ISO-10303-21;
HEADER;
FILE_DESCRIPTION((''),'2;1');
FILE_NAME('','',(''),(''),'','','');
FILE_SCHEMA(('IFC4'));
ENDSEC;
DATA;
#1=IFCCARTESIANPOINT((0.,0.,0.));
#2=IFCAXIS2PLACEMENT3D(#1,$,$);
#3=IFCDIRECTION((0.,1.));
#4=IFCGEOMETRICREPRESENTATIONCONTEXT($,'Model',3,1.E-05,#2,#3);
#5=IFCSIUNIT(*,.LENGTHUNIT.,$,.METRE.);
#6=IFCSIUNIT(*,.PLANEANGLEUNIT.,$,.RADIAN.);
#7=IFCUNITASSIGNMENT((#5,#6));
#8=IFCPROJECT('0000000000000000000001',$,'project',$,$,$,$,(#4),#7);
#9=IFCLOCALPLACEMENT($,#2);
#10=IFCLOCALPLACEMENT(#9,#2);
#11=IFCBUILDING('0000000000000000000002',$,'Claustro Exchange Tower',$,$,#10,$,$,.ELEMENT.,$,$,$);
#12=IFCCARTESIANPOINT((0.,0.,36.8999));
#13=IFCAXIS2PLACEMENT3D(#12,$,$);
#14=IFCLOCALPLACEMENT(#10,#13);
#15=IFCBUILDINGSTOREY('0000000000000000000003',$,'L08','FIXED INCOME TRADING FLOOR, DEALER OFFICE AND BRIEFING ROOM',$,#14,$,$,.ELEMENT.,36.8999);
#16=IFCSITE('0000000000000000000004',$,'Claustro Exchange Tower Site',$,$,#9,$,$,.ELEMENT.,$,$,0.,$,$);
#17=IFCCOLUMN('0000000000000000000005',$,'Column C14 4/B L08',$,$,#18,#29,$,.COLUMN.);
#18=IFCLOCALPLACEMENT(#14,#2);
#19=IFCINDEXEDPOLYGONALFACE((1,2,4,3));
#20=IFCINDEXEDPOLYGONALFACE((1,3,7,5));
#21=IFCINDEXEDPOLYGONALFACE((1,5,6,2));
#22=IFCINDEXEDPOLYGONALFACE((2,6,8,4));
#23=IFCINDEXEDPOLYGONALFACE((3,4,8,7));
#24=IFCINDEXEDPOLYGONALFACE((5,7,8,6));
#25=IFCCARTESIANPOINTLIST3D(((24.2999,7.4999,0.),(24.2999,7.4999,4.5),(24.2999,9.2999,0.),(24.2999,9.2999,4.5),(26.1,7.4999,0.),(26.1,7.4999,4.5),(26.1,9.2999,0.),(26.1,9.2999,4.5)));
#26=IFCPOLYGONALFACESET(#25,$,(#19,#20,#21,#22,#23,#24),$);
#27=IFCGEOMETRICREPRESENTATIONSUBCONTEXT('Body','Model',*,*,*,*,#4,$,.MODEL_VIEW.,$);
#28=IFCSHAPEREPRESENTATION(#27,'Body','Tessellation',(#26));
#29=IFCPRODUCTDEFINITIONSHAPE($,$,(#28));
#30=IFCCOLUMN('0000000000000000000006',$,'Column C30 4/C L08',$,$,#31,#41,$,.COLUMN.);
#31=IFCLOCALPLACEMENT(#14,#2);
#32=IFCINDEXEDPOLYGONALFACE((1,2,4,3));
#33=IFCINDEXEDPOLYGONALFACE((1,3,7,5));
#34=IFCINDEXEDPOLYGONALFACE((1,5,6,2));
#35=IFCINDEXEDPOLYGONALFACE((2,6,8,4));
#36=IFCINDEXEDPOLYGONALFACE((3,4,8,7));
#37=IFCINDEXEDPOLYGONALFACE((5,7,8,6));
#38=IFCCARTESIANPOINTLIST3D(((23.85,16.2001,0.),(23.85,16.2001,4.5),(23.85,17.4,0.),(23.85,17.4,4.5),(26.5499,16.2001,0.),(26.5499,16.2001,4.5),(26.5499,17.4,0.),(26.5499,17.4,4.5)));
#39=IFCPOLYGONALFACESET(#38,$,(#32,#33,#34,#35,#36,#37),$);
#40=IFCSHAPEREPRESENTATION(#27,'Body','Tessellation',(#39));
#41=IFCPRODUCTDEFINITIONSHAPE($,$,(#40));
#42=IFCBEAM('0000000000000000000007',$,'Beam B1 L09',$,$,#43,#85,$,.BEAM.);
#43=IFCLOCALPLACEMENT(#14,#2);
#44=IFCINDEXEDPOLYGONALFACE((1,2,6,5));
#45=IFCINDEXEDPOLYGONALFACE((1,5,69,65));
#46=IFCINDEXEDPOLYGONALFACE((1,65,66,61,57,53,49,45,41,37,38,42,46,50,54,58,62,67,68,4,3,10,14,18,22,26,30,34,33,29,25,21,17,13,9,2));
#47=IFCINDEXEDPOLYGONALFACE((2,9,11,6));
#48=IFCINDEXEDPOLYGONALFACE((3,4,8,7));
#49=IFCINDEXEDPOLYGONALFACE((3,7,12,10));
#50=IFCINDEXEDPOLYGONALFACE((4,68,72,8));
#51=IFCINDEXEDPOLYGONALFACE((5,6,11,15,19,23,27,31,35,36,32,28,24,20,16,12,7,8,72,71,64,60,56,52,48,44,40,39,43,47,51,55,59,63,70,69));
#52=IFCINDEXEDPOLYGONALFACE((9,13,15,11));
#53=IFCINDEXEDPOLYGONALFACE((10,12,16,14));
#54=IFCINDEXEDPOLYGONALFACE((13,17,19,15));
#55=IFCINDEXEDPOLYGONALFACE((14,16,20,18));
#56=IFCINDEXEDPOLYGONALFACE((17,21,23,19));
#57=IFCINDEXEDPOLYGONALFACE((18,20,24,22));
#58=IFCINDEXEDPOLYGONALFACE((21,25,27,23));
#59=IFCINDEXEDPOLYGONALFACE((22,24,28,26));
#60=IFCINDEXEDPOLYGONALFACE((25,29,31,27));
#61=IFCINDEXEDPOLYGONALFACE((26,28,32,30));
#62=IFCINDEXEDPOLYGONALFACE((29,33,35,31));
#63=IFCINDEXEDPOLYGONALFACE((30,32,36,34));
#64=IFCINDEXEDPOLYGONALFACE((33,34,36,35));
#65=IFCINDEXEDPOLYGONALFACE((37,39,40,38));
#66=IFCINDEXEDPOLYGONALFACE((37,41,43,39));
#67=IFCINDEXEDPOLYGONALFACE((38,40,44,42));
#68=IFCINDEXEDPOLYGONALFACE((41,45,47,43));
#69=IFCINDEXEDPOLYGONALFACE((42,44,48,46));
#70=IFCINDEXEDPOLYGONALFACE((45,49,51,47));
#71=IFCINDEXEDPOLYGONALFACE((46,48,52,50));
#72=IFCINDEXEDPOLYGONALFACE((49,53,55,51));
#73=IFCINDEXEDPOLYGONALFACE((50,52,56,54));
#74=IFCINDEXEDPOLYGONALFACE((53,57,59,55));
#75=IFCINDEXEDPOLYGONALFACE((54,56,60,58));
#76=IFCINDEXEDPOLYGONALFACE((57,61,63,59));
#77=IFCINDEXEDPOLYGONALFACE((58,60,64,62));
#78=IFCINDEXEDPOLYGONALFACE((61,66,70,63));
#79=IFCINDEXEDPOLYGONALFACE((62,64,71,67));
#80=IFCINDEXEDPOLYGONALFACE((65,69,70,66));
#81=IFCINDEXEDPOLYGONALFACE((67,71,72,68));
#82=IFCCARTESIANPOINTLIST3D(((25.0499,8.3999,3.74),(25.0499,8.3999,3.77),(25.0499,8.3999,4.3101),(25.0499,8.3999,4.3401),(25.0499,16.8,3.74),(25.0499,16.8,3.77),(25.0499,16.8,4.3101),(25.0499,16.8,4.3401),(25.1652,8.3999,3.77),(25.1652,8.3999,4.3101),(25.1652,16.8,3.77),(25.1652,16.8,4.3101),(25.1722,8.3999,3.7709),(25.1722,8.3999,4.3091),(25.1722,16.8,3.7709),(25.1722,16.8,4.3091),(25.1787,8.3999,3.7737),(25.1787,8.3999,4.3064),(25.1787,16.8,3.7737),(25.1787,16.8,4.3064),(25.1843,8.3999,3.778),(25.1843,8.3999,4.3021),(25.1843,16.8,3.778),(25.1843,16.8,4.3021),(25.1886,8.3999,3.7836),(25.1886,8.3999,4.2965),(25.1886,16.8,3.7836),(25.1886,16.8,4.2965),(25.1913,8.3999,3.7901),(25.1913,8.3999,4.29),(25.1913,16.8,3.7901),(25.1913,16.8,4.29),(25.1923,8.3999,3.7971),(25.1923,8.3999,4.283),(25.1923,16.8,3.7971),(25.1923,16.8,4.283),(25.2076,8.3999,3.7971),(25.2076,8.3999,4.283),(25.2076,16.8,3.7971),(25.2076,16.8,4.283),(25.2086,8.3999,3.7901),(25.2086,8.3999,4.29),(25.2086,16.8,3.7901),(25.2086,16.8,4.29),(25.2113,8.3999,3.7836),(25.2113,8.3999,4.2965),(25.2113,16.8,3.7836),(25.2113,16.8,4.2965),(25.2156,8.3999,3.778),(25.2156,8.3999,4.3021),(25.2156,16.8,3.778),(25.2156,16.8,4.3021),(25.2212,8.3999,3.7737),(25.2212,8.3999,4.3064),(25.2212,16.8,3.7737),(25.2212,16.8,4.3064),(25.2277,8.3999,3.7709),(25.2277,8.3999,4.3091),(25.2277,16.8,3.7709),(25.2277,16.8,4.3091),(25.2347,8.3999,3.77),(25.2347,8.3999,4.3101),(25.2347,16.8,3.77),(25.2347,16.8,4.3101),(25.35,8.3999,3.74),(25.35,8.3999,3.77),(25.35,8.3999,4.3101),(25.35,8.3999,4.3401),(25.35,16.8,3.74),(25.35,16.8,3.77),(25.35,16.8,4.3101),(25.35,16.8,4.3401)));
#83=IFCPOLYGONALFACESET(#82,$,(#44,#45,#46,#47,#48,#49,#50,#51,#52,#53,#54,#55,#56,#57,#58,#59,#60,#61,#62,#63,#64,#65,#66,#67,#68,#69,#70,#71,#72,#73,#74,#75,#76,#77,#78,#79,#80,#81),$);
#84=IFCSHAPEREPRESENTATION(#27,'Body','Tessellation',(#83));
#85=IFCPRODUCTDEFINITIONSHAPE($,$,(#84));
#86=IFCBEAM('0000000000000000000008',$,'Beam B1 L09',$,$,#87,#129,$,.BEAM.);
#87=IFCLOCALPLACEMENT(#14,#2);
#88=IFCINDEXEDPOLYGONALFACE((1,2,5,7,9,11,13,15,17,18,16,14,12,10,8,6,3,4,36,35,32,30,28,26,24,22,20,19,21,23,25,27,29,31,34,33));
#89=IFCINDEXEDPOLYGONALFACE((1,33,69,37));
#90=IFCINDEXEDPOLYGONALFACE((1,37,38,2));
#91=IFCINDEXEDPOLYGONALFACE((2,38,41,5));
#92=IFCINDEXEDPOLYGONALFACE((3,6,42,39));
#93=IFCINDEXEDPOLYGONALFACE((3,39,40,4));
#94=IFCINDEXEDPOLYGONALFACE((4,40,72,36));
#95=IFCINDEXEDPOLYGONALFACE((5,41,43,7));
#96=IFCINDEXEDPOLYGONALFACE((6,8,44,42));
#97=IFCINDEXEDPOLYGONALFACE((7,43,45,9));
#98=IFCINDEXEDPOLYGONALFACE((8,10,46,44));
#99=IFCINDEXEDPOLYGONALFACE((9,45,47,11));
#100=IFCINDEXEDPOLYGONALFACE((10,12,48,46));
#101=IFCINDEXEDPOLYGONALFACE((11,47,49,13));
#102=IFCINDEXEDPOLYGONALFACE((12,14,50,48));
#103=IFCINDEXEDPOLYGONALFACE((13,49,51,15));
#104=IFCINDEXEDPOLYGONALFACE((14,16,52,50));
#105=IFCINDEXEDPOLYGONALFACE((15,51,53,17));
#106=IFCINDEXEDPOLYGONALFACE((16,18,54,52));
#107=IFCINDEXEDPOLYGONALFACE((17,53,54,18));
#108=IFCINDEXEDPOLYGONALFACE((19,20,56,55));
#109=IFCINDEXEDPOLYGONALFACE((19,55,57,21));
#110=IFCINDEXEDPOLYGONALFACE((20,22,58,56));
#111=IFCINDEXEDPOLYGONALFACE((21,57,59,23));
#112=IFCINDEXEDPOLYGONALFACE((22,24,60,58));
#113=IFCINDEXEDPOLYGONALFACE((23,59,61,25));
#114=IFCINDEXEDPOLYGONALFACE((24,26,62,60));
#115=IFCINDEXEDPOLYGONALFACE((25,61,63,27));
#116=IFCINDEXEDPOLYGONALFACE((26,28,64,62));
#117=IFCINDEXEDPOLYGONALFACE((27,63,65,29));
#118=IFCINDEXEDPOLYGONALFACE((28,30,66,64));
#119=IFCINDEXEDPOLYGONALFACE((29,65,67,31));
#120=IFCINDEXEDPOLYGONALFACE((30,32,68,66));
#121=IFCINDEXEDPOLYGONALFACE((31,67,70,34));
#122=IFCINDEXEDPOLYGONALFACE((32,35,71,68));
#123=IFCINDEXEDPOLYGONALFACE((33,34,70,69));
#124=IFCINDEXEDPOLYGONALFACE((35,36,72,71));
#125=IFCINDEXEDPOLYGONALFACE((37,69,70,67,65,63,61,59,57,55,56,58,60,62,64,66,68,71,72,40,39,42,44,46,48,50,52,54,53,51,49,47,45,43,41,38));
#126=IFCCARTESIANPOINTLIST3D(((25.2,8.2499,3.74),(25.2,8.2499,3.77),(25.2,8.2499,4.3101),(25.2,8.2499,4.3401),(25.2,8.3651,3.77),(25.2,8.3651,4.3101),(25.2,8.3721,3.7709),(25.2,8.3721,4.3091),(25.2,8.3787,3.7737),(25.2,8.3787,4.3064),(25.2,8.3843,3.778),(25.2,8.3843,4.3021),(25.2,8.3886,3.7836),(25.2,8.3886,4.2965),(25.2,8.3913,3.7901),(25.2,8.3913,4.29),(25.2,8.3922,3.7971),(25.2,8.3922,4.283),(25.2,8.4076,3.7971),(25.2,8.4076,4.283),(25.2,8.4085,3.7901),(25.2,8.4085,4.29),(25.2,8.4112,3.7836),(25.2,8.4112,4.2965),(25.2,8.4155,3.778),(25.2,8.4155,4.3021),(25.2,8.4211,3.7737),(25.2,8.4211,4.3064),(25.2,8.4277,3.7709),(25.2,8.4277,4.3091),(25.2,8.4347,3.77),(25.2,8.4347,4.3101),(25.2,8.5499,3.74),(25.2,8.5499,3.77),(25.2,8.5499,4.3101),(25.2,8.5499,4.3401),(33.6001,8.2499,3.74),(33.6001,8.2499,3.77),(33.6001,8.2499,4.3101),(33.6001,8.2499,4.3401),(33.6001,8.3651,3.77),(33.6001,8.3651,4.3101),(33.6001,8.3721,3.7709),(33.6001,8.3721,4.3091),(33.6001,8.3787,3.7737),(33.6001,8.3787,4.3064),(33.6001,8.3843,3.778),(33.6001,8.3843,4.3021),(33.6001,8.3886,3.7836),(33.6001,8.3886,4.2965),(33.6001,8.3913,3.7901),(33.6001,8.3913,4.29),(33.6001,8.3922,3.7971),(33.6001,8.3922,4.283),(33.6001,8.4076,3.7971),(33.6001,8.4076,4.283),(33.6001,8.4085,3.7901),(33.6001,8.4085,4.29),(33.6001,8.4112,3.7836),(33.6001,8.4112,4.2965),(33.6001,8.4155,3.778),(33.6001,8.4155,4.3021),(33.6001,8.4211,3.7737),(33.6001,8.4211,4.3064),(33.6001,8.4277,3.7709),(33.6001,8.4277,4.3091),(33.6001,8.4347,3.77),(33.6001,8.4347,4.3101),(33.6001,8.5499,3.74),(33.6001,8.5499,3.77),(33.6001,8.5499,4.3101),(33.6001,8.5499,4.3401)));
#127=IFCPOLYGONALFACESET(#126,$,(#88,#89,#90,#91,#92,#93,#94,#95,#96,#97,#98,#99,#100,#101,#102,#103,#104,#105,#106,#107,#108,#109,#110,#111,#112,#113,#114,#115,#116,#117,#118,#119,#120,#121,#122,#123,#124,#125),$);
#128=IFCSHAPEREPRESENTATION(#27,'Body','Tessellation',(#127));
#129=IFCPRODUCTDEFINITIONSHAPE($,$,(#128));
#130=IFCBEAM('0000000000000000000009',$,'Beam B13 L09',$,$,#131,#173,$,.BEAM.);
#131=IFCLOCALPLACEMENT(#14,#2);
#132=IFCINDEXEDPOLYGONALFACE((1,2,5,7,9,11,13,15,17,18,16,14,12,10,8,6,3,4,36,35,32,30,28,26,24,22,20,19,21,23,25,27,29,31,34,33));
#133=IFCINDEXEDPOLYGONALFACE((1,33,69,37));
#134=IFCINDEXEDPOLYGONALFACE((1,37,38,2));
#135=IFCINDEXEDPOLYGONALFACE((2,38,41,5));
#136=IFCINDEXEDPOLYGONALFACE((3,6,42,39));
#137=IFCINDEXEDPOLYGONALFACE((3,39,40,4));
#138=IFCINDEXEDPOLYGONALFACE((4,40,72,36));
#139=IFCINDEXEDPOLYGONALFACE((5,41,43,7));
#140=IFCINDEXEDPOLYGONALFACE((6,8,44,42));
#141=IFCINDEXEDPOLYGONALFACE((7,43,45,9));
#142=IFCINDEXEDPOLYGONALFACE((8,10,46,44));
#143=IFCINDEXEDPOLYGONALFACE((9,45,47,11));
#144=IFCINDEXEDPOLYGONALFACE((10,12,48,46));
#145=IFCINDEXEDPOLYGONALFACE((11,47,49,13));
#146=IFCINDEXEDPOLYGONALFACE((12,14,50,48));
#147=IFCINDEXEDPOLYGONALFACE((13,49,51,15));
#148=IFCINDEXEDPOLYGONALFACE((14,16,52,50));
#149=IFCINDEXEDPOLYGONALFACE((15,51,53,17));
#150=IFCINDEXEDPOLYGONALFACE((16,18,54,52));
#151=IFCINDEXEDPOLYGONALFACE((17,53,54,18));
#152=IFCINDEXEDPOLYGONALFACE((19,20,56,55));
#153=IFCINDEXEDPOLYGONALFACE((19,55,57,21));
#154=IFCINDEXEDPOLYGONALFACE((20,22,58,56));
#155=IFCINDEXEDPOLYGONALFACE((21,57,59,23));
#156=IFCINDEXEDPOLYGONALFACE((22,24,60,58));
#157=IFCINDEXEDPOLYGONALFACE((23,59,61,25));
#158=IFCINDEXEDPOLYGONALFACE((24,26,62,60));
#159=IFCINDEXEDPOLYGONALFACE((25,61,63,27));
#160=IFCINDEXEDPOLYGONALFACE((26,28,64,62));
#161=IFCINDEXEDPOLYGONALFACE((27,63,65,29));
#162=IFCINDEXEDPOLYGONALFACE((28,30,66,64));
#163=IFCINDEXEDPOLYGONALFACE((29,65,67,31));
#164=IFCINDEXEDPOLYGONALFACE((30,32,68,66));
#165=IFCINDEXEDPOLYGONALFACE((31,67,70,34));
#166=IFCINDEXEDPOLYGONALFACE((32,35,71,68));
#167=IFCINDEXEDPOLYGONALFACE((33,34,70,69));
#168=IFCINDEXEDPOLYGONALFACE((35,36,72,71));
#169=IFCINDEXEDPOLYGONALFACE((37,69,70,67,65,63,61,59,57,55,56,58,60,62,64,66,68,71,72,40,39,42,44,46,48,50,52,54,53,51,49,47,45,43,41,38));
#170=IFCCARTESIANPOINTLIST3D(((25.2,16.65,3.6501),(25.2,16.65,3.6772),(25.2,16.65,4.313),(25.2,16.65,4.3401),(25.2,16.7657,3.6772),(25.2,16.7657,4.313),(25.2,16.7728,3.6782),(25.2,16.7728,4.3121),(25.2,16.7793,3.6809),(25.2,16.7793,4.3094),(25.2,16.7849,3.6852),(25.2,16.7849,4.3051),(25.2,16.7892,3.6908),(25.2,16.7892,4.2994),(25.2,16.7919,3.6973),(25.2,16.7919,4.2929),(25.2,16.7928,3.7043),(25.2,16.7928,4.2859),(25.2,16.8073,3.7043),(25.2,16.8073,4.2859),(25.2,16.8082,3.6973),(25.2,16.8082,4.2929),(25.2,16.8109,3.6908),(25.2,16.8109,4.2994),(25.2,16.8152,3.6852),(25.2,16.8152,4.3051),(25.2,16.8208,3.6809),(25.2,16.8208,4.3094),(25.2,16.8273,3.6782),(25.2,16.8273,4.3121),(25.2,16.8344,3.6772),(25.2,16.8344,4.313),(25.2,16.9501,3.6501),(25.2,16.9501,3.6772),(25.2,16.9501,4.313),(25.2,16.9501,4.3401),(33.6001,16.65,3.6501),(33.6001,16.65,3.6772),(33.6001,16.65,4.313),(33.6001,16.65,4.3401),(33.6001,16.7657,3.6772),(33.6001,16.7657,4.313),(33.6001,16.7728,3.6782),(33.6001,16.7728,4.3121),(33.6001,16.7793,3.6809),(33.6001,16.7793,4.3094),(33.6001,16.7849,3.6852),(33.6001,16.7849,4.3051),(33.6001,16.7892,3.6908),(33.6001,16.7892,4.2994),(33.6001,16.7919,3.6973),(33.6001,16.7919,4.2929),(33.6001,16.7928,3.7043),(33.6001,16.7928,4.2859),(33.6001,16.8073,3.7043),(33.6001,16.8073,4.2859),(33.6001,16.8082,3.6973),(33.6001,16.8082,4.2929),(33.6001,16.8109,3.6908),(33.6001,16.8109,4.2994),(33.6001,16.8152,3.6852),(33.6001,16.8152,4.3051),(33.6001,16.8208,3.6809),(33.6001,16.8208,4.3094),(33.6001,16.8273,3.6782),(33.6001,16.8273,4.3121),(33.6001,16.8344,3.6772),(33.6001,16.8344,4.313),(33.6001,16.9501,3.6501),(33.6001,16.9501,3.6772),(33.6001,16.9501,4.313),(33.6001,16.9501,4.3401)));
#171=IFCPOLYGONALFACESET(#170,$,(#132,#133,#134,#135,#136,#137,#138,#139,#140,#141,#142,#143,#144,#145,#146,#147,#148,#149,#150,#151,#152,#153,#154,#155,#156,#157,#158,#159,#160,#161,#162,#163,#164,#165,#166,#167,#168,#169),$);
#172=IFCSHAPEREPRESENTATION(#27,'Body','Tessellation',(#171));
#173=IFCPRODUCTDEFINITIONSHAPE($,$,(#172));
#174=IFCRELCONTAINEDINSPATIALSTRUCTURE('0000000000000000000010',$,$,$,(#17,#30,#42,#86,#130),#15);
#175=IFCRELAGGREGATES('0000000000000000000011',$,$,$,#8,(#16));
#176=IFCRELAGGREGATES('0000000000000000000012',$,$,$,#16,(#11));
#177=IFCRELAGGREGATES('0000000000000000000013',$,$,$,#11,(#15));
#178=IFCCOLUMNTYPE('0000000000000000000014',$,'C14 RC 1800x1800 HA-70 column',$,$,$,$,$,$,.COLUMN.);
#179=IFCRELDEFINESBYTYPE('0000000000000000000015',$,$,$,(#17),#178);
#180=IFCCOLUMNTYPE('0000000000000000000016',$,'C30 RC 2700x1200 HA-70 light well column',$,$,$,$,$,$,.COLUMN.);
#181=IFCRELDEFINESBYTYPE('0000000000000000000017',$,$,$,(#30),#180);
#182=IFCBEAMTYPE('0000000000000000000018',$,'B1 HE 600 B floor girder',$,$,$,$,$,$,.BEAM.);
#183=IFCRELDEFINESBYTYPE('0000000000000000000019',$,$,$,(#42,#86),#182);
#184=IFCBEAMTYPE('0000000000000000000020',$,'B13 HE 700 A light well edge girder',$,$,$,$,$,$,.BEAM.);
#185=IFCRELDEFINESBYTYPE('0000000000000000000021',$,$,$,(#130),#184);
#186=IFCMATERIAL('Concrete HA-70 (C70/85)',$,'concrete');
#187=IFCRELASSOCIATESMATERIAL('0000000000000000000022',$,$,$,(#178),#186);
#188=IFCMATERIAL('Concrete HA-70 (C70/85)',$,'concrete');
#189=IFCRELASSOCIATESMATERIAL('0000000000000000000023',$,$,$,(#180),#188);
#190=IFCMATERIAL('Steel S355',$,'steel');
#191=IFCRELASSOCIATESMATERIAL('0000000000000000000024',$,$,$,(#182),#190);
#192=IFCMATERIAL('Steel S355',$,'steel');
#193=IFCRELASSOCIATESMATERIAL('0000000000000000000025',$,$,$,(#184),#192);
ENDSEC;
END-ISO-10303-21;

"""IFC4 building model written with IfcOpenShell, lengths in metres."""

from ifc_helpers import new_model, si_unit, direction, frame, origin, origin_2d, place, context, subcontext, project, spatial, rectangle, i_section, extrude, material, material_profile, profile_set, type_object, element, save


model = new_model("IFC4")

# Units and contexts
model_context = context("Model", 3, precision=1e-05, world=origin(), true_north=direction((0.0, 1.0)))
body_context = subcontext(model_context, "Body", "Model", "MODEL_VIEW")
ifc_project = project(units=[si_unit("LENGTHUNIT", "METRE"), si_unit("PLANEANGLEUNIT", "RADIAN")], contexts=[model_context])

# Site, building, storey
site_placement = place(None, origin())
site = spatial("IfcSite", under=ifc_project, at=site_placement, Name="Claustro Exchange Tower Site", CompositionType="ELEMENT", RefElevation=0.0)
building_placement = place(site_placement, origin())
building = spatial("IfcBuilding", under=site, at=building_placement, Name="Claustro Exchange Tower", CompositionType="ELEMENT")
storey_placement = place(building_placement, frame((0.0, 0.0, 36.8999)))
storey = spatial("IfcBuildingStorey", under=building, at=storey_placement, Name="L08", Description="FIXED INCOME TRADING FLOOR, DEALER OFFICE AND BRIEFING ROOM", CompositionType="ELEMENT", Elevation=36.8999)

# Columns
ifc_material_1 = material(Name="Concrete HA-70 (C70/85)", Category="concrete")
ifc_material_profile_1 = material_profile(ifc_material_1, rectangle(XDim=1.8, YDim=1.8, at=origin_2d()), Name="RC 1800x1800")
ifc_profile_set_1 = profile_set([ifc_material_profile_1], Name="Concrete HA-70 (C70/85)")
column_type_1 = type_object("IfcColumnType", Name="C14 RC 1800x1800 HA-70 column", PredefinedType="COLUMN", material=ifc_profile_set_1)
column_1_placement = place(storey_placement, frame((25.2, 8.3999, 0.0), z_axis=(0.0, 0.0, 1.0), x_axis=(1.0, 0.0, 0.0)))
element("IfcColumn", 1, at=column_1_placement, inside=storey, type_object=column_type_1, Name="Column C14 4/B L08", PredefinedType="COLUMN", context=body_context, shape_type="SweptSolid", body=[
    extrude(rectangle(XDim=1.8, YDim=1.8, at=origin_2d()), origin(), (0.0, 0.0, 1.0), 4.5),
])
ifc_material_2 = material(Name="Concrete HA-70 (C70/85)", Category="concrete")
ifc_material_profile_2 = material_profile(ifc_material_2, rectangle(XDim=2.7, YDim=1.2, at=origin_2d()), Name="RC 2700x1200")
ifc_profile_set_2 = profile_set([ifc_material_profile_2], Name="Concrete HA-70 (C70/85)")
column_type_2 = type_object("IfcColumnType", Name="C30 RC 2700x1200 HA-70 light well column", PredefinedType="COLUMN", material=ifc_profile_set_2)
column_2_placement = place(storey_placement, frame((25.2, 16.8, 0.0), z_axis=(0.0, 0.0, 1.0), x_axis=(1.0, 0.0, 0.0)))
element("IfcColumn", 2, at=column_2_placement, inside=storey, type_object=column_type_2, Name="Column C30 4/C L08", PredefinedType="COLUMN", context=body_context, shape_type="SweptSolid", body=[
    extrude(rectangle(XDim=2.7, YDim=1.2, at=origin_2d()), origin(), (0.0, 0.0, 1.0), 4.5),
])

# Beams
ifc_material_3 = material(Name="Steel S355", Category="steel")
ifc_material_profile_3 = material_profile(ifc_material_3, i_section(OverallWidth=0.3, OverallDepth=0.6001, WebThickness=0.0154, FlangeThickness=0.03, FilletRadius=0.0271, at=origin_2d()), Name="HE 600 B")
ifc_profile_set_3 = profile_set([ifc_material_profile_3], Name="Steel S355")
beam_type_1 = type_object("IfcBeamType", Name="B1 HE 600 B floor girder", PredefinedType="BEAM", material=ifc_profile_set_3)
for number, where, z_axis, x_axis, name in (
    (3, (25.2, 8.3999, 4.04), (0.0, 1.0, 0.0), (-1.0, 0.0, 0.0), "Beam B1 L09"),
    (4, (25.2, 8.3999, 4.04), (1.0, 0.0, 0.0), (0.0, 1.0, 0.0), "Beam B1 L09"),
):
    element("IfcBeam", number, at=place(storey_placement, frame(where, z_axis=z_axis, x_axis=x_axis)), inside=storey, type_object=beam_type_1, Name=name, PredefinedType="BEAM", context=body_context, shape_type="SweptSolid", body=[
        extrude(i_section(OverallWidth=0.3, OverallDepth=0.6001, WebThickness=0.0154, FlangeThickness=0.03, FilletRadius=0.0271, at=origin_2d()), origin(), (0.0, 0.0, 1.0), 8.4001),
    ])
ifc_material_4 = material(Name="Steel S355", Category="steel")
ifc_material_profile_4 = material_profile(ifc_material_4, i_section(OverallWidth=0.3, OverallDepth=0.6899, WebThickness=0.0144, FlangeThickness=0.0271, FilletRadius=0.0271, at=origin_2d()), Name="HE 700 A")
ifc_profile_set_4 = profile_set([ifc_material_profile_4], Name="Steel S355")
beam_type_2 = type_object("IfcBeamType", Name="B13 HE 700 A light well edge girder", PredefinedType="BEAM", material=ifc_profile_set_4)
beam_placement = place(storey_placement, frame((25.2, 16.8, 3.9951), z_axis=(1.0, 0.0, 0.0), x_axis=(0.0, 1.0, 0.0)))
element("IfcBeam", 5, at=beam_placement, inside=storey, type_object=beam_type_2, Name="Beam B13 L09", PredefinedType="BEAM", context=body_context, shape_type="SweptSolid", body=[
    extrude(i_section(OverallWidth=0.3, OverallDepth=0.6899, WebThickness=0.0144, FlangeThickness=0.0271, FilletRadius=0.0271, at=origin_2d()), origin(), (0.0, 0.0, 1.0), 8.4001),
])

save(model, "model.ifc")
